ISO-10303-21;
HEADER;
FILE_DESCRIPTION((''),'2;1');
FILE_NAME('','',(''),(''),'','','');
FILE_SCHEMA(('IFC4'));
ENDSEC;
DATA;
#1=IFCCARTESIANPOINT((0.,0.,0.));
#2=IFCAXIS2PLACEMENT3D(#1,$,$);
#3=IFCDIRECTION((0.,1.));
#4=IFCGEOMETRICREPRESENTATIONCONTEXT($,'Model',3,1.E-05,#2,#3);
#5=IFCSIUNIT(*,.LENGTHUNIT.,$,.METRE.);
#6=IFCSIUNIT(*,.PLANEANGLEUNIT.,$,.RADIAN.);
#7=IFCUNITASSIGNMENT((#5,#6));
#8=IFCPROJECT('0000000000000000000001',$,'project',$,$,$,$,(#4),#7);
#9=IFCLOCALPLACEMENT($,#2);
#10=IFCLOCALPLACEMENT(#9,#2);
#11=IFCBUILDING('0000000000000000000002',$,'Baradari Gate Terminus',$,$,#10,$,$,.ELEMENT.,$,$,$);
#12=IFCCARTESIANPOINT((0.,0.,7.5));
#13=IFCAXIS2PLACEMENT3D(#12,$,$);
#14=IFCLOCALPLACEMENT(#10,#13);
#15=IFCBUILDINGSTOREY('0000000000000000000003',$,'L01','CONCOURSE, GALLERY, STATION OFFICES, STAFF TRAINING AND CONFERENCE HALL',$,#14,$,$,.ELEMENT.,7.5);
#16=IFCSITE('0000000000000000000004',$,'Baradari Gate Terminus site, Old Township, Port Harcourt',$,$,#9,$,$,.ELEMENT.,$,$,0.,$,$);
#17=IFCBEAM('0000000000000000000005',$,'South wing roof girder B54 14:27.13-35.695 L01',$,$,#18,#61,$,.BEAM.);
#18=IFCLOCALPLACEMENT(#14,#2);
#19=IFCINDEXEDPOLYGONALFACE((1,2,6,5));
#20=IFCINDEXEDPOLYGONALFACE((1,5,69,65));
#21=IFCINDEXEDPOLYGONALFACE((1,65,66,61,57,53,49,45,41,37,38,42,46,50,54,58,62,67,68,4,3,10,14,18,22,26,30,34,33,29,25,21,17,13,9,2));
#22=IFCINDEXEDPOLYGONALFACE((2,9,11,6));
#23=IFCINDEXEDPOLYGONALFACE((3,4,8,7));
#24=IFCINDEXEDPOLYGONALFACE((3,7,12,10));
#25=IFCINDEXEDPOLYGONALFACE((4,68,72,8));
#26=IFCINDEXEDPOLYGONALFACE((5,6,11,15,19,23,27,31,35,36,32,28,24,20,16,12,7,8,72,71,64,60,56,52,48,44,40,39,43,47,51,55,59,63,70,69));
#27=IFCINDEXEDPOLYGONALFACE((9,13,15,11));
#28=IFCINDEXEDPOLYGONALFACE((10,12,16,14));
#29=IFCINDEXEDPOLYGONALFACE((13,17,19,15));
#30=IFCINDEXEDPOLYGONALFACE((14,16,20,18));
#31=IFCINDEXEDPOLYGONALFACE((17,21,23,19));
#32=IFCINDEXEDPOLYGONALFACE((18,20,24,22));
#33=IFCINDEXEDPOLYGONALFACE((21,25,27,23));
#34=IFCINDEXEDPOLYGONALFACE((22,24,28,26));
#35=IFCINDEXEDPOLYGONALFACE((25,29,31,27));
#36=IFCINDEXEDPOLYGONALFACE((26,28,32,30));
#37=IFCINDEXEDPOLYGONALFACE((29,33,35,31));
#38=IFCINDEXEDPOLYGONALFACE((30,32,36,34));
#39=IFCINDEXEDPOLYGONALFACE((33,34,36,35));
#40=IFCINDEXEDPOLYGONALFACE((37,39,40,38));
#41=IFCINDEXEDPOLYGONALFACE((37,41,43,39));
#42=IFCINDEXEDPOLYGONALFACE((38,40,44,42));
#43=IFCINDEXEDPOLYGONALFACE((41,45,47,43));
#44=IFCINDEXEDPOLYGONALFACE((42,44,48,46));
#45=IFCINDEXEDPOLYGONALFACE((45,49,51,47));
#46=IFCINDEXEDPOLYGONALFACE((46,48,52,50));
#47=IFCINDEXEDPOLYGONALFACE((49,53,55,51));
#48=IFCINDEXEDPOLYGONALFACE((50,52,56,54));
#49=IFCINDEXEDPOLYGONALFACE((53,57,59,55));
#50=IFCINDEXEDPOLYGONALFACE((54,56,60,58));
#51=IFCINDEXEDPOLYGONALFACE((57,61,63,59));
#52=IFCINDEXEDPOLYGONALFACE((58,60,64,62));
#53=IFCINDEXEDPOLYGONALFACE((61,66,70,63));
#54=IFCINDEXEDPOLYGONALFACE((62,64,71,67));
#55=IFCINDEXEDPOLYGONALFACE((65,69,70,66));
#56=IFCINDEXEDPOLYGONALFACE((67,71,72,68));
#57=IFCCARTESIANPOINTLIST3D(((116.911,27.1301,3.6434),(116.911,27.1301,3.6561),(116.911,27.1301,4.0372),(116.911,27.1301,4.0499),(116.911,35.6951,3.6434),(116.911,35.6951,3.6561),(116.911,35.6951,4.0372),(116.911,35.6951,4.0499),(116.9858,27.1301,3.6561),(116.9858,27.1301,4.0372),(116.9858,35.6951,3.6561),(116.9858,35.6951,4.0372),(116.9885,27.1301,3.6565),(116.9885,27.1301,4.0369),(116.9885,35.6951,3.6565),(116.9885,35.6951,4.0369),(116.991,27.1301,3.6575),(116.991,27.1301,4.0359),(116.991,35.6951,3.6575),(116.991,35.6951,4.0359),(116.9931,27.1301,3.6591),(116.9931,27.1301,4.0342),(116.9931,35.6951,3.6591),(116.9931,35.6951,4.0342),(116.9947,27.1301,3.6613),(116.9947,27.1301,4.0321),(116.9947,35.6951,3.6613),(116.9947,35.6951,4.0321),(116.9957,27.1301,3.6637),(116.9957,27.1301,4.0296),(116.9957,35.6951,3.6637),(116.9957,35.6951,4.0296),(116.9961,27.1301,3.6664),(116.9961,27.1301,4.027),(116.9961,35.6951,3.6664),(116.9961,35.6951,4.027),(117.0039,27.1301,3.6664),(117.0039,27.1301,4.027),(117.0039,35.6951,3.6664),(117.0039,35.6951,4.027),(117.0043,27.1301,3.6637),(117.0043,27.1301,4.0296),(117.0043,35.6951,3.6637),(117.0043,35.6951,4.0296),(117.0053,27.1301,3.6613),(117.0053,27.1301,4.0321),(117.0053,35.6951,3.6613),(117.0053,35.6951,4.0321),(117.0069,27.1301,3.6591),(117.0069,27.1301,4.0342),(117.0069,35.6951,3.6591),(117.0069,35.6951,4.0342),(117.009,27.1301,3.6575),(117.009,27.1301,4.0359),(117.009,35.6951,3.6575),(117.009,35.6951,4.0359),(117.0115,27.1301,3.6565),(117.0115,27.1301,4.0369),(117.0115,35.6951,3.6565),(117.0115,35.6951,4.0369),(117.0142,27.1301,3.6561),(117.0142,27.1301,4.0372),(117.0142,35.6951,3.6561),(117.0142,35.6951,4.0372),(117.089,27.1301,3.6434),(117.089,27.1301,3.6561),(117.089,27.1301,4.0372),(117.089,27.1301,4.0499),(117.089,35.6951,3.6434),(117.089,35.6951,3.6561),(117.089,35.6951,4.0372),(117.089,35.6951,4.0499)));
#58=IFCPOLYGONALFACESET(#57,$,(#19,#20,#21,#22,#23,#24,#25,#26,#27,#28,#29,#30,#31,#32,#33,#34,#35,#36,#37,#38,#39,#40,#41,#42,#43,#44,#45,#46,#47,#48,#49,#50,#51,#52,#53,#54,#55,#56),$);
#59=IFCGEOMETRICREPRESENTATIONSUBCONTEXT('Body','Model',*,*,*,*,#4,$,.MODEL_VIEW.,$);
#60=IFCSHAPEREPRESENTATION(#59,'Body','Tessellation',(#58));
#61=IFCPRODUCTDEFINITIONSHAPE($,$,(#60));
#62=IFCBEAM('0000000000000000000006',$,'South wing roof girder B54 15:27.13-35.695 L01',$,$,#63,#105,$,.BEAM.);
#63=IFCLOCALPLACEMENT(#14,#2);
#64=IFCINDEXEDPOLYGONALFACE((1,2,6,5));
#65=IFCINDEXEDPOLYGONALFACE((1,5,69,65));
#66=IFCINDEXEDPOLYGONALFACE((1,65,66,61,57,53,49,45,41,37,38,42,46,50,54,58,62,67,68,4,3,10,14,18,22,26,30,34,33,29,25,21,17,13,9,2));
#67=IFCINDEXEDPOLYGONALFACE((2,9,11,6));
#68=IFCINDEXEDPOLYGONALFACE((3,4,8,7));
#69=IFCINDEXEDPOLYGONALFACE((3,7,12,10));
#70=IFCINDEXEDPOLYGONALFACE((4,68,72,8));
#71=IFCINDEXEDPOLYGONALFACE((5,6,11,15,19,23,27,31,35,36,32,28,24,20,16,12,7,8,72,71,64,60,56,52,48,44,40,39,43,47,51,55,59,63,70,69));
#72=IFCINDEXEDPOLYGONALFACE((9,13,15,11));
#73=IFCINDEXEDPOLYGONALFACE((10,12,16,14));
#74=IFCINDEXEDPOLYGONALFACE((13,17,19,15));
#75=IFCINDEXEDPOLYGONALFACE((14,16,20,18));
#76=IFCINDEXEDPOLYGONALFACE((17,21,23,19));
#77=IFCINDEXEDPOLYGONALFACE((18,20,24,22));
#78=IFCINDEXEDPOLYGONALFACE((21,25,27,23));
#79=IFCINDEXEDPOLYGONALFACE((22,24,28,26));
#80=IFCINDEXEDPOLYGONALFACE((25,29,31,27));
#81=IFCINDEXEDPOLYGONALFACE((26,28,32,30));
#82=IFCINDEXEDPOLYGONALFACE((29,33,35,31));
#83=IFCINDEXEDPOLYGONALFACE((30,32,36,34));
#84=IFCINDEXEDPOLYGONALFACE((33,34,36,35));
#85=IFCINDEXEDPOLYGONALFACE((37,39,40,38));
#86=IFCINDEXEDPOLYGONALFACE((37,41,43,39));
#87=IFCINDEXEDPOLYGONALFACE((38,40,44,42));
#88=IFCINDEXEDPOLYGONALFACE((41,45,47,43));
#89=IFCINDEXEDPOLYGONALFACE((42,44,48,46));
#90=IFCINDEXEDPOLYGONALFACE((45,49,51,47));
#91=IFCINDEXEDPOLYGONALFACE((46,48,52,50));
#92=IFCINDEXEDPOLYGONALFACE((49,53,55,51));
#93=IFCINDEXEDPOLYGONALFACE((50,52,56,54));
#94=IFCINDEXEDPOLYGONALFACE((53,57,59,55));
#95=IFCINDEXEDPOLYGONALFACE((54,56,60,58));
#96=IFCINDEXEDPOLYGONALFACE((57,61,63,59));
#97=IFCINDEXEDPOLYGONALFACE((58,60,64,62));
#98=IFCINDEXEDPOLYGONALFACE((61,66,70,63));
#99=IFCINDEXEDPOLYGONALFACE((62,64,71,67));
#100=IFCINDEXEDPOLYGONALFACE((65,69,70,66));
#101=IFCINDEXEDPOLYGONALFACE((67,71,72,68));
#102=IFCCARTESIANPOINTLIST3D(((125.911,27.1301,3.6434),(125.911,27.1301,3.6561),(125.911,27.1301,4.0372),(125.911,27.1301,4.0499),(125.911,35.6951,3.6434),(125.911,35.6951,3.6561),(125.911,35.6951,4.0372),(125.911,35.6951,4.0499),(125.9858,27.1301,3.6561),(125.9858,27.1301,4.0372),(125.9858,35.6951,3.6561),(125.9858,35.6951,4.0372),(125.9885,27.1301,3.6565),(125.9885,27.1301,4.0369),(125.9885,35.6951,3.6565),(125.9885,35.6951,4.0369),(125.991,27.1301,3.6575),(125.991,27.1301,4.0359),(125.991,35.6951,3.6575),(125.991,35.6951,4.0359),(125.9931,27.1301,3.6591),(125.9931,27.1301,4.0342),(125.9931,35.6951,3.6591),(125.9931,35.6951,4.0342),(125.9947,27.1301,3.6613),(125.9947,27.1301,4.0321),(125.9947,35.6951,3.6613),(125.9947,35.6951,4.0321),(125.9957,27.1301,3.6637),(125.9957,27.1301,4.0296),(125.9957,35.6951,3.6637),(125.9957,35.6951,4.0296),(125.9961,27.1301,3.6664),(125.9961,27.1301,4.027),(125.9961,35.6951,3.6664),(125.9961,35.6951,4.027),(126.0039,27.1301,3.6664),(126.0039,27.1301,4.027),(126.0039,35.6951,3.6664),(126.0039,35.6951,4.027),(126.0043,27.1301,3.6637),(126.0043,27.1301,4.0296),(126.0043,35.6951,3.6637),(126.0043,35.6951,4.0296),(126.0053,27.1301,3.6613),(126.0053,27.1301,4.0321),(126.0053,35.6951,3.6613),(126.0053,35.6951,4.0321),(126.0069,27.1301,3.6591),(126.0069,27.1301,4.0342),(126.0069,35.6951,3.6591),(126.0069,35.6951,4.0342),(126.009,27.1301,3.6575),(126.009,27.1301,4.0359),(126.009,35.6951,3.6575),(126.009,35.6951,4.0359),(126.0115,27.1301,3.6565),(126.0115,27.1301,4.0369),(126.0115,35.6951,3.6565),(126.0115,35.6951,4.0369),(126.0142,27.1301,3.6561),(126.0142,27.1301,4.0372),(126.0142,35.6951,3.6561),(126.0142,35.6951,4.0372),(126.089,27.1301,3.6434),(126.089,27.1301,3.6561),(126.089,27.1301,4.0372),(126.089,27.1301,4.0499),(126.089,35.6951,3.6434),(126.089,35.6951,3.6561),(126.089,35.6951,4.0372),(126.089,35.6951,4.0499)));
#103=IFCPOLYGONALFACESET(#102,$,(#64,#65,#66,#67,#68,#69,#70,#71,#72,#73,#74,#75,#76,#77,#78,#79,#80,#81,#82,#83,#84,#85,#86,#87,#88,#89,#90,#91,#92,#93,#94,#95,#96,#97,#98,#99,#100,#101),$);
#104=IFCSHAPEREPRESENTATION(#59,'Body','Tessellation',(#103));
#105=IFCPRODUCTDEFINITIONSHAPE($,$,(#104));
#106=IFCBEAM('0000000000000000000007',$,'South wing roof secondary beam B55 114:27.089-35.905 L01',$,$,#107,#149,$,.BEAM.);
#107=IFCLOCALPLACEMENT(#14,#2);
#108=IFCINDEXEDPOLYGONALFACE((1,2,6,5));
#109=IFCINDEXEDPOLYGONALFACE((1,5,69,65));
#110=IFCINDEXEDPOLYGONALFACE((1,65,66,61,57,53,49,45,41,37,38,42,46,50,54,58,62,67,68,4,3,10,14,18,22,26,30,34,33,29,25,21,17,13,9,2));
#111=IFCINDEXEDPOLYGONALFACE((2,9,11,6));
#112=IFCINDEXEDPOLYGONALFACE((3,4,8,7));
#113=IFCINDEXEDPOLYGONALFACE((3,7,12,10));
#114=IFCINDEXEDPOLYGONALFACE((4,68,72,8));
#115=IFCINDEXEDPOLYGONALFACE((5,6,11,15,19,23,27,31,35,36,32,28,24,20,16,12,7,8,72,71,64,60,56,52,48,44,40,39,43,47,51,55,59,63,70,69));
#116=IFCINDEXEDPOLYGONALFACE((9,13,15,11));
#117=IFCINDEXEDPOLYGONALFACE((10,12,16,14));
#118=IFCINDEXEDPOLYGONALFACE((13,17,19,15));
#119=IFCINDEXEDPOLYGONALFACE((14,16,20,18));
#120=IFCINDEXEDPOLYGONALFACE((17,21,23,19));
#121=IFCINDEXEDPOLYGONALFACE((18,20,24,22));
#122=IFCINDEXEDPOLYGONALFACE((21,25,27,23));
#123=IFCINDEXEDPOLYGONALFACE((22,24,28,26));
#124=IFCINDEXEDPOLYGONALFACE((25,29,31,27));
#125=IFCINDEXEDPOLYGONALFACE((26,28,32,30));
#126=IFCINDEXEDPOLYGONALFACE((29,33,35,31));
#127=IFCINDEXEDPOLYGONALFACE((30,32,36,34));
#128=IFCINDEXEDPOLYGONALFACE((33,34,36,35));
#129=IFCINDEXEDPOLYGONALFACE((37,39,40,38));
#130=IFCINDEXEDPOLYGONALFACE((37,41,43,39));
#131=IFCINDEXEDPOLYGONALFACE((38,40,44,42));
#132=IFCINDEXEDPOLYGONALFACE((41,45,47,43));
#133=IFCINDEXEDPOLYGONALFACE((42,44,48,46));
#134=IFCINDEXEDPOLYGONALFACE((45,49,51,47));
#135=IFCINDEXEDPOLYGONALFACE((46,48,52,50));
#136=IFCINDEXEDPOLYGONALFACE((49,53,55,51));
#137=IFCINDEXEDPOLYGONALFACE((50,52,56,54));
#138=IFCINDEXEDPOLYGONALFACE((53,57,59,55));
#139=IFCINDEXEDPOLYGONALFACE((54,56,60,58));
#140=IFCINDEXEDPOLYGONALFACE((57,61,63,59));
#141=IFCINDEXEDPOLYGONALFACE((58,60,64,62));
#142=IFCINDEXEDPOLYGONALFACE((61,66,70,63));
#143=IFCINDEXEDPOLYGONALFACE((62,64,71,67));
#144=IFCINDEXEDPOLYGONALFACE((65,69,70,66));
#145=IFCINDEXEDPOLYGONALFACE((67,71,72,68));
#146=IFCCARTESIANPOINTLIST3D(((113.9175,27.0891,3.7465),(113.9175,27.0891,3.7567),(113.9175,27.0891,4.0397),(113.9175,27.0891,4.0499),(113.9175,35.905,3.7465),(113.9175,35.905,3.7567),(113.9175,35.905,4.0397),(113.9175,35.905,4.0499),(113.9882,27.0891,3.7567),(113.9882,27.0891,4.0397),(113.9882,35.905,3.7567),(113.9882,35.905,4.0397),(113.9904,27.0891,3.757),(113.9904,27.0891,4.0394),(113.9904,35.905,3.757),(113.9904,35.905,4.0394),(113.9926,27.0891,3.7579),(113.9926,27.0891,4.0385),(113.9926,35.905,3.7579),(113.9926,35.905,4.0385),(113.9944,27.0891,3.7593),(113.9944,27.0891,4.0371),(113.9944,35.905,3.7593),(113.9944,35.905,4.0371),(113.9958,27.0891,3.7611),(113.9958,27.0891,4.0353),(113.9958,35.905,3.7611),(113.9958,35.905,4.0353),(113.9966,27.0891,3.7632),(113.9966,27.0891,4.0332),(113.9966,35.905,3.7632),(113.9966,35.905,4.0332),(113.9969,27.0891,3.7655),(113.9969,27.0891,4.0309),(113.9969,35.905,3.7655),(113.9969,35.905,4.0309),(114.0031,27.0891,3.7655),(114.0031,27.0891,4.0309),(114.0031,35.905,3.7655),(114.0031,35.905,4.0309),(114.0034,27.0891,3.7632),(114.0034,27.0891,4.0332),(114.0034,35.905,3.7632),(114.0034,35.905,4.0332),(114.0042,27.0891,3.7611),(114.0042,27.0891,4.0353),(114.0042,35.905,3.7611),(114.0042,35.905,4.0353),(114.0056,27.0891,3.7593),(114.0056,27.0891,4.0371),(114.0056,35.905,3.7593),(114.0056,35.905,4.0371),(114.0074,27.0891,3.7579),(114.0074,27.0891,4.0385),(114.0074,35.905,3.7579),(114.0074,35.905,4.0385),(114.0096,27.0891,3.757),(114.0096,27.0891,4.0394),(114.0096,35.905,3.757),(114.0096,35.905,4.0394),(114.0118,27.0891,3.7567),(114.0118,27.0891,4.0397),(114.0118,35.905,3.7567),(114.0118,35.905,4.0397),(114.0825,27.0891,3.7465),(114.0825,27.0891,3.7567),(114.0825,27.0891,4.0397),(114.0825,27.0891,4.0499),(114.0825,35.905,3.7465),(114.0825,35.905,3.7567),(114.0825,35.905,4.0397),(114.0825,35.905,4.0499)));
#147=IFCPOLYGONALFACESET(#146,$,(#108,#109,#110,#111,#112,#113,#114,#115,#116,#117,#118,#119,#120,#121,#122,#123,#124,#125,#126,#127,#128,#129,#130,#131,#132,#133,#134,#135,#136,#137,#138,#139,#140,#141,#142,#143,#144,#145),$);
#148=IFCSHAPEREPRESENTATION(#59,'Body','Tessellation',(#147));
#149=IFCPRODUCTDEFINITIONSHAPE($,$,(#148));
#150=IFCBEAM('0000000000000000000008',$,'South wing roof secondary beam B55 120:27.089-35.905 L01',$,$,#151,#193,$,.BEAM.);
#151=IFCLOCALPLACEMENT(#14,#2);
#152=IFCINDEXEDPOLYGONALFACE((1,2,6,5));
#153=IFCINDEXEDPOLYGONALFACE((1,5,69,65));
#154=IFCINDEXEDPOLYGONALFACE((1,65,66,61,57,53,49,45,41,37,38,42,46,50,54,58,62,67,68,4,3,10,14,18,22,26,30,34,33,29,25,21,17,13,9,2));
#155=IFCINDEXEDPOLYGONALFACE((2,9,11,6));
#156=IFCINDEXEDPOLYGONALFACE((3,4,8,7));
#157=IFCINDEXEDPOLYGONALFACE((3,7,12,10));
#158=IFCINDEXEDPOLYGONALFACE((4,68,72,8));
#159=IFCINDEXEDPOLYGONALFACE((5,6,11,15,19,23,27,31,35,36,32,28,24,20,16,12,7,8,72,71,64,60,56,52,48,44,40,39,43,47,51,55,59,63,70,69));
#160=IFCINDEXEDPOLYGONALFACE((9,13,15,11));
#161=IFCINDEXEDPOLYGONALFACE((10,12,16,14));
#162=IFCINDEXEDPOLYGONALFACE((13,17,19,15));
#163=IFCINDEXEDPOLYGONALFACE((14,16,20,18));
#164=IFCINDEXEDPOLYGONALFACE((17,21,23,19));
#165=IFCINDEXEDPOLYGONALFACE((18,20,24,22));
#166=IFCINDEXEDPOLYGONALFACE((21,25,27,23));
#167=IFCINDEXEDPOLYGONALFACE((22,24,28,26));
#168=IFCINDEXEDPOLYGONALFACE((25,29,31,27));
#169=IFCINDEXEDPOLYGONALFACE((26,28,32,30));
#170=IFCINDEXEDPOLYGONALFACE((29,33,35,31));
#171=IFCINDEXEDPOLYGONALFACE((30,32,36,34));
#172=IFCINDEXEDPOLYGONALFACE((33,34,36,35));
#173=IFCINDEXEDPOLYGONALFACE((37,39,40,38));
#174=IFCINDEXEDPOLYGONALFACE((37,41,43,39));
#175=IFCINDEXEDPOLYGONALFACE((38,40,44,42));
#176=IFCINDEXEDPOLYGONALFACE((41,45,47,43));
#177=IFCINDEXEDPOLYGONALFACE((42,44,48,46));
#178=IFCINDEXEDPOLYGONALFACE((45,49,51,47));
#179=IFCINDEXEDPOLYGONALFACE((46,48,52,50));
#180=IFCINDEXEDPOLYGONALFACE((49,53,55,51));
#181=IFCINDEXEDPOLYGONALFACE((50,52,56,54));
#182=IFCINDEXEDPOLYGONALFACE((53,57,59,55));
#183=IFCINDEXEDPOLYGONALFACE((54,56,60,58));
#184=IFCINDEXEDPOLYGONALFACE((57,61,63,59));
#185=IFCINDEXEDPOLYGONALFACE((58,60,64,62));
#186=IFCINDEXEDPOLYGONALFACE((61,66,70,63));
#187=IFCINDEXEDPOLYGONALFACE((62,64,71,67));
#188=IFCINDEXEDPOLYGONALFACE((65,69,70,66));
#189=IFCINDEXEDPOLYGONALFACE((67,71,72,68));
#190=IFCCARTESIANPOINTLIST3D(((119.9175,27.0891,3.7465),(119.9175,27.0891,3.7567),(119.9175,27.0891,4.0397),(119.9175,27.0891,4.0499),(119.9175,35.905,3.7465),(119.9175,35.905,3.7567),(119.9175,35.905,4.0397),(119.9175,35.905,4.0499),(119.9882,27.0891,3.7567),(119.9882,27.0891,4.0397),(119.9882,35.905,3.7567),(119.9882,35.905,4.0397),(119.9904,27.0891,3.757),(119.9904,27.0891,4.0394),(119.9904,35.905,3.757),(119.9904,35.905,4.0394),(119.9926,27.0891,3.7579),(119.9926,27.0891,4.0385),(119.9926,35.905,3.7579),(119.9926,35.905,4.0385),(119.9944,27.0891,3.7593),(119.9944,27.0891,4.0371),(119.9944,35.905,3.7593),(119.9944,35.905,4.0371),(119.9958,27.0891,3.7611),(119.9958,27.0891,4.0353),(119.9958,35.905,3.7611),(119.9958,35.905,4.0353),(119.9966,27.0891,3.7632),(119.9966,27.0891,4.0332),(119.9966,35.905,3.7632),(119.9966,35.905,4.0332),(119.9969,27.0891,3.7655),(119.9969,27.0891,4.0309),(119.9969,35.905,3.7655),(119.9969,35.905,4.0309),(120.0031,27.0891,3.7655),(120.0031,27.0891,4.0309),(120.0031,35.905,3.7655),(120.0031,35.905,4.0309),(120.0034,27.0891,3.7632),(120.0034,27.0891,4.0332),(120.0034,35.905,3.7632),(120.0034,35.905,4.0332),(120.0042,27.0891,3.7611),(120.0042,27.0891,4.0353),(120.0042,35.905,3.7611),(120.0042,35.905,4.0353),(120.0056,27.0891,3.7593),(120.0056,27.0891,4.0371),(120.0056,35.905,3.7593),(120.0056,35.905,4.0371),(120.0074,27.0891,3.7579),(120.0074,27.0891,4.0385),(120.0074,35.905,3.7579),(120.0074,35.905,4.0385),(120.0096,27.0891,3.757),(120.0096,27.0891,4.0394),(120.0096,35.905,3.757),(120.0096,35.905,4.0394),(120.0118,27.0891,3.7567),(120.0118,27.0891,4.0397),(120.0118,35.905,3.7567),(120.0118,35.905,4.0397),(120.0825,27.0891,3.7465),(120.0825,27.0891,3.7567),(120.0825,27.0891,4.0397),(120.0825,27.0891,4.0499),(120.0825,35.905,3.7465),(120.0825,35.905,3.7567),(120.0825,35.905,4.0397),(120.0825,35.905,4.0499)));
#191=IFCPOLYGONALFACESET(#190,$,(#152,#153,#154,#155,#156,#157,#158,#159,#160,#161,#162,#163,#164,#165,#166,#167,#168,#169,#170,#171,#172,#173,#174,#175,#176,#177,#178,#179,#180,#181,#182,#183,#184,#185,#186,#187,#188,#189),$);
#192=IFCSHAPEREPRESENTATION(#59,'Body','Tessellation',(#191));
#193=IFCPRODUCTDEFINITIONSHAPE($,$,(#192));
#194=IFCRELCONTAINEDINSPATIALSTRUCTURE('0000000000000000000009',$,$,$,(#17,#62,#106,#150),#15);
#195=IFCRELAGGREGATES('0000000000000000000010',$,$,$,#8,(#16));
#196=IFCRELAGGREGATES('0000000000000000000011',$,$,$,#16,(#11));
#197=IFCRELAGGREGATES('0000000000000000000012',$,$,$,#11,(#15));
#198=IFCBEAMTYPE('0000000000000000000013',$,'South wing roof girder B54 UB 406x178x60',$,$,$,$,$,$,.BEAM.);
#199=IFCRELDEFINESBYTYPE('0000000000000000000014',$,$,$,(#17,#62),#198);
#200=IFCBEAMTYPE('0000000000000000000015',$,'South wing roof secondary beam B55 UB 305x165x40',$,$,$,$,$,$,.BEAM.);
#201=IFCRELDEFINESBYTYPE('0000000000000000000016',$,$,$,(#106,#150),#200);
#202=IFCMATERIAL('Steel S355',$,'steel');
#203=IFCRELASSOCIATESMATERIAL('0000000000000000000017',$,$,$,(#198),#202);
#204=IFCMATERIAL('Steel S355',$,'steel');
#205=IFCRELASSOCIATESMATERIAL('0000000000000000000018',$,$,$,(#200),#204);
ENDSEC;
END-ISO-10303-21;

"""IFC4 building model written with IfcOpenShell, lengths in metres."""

from ifc_helpers import new_model, si_unit, direction, frame, origin, origin_2d, place, context, subcontext, project, spatial, i_section, extrude, material, material_profile, profile_set, type_object, element, save


model = new_model("IFC4")

# Units and contexts
model_context = context("Model", 3, precision=1e-05, world=origin(), true_north=direction((0.0, 1.0)))
body_context = subcontext(model_context, "Body", "Model", "MODEL_VIEW")
ifc_project = project(units=[si_unit("LENGTHUNIT", "METRE"), si_unit("PLANEANGLEUNIT", "RADIAN")], contexts=[model_context])

# Site, building, storey
site_placement = place(None, origin())
site = spatial("IfcSite", under=ifc_project, at=site_placement, Name="Baradari Gate Terminus site, Old Township, Port Harcourt", CompositionType="ELEMENT", RefElevation=0.0)
building_placement = place(site_placement, origin())
building = spatial("IfcBuilding", under=site, at=building_placement, Name="Baradari Gate Terminus", CompositionType="ELEMENT")
storey_placement = place(building_placement, frame((0.0, 0.0, 7.5)))
storey = spatial("IfcBuildingStorey", under=building, at=storey_placement, Name="L01", Description="CONCOURSE, GALLERY, STATION OFFICES, STAFF TRAINING AND CONFERENCE HALL", CompositionType="ELEMENT", Elevation=7.5)

# Beams
ifc_material_1 = material(Name="Steel S355", Category="steel")
ifc_material_profile_1 = material_profile(ifc_material_1, i_section(OverallWidth=0.178, OverallDepth=0.4065, WebThickness=0.0078, FlangeThickness=0.0127, FilletRadius=0.0103, at=origin_2d()), Name="UB 406x178x60")
ifc_profile_set_1 = profile_set([ifc_material_profile_1], Name="Steel S355")
beam_type_1 = type_object("IfcBeamType", Name="South wing roof girder B54 UB 406x178x60", PredefinedType="BEAM", material=ifc_profile_set_1)
for number, where, z_axis, x_axis, name in (
    (1, (117.0, 27.1301, 3.8467), (0.0, 1.0, 0.0), (-1.0, 0.0, 0.0), "South wing roof girder B54 14:27.13-35.695 L01"),
    (2, (126.0, 27.1301, 3.8467), (0.0, 1.0, 0.0), (-1.0, 0.0, 0.0), "South wing roof girder B54 15:27.13-35.695 L01"),
):
    element("IfcBeam", number, at=place(storey_placement, frame(where, z_axis=z_axis, x_axis=x_axis)), inside=storey, type_object=beam_type_1, Name=name, PredefinedType="BEAM", context=body_context, shape_type="SweptSolid", body=[
        extrude(i_section(OverallWidth=0.178, OverallDepth=0.4065, WebThickness=0.0078, FlangeThickness=0.0127, FilletRadius=0.0103, at=origin_2d()), origin(), (0.0, 0.0, 1.0), 8.5649),
    ])
ifc_material_2 = material(Name="Steel S355", Category="steel")
ifc_material_profile_2 = material_profile(ifc_material_2, i_section(OverallWidth=0.165, OverallDepth=0.3035, WebThickness=0.0061, FlangeThickness=0.0103, FilletRadius=0.0088, at=origin_2d()), Name="UB 305x165x40")
ifc_profile_set_2 = profile_set([ifc_material_profile_2], Name="Steel S355")
beam_type_2 = type_object("IfcBeamType", Name="South wing roof secondary beam B55 UB 305x165x40", PredefinedType="BEAM", material=ifc_profile_set_2)
for number, where, z_axis, x_axis, name in (
    (3, (114.0, 27.0891, 3.8982), (0.0, 1.0, 0.0), (-1.0, 0.0, 0.0), "South wing roof secondary beam B55 114:27.089-35.905 L01"),
    (4, (120.0, 27.0891, 3.8982), (0.0, 1.0, 0.0), (-1.0, 0.0, 0.0), "South wing roof secondary beam B55 120:27.089-35.905 L01"),
):
    element("IfcBeam", number, at=place(storey_placement, frame(where, z_axis=z_axis, x_axis=x_axis)), inside=storey, type_object=beam_type_2, Name=name, PredefinedType="BEAM", context=body_context, shape_type="SweptSolid", body=[
        extrude(i_section(OverallWidth=0.165, OverallDepth=0.3035, WebThickness=0.0061, FlangeThickness=0.0103, FilletRadius=0.0088, at=origin_2d()), origin(), (0.0, 0.0, 1.0), 8.8159),
    ])

save(model, "model.ifc")
